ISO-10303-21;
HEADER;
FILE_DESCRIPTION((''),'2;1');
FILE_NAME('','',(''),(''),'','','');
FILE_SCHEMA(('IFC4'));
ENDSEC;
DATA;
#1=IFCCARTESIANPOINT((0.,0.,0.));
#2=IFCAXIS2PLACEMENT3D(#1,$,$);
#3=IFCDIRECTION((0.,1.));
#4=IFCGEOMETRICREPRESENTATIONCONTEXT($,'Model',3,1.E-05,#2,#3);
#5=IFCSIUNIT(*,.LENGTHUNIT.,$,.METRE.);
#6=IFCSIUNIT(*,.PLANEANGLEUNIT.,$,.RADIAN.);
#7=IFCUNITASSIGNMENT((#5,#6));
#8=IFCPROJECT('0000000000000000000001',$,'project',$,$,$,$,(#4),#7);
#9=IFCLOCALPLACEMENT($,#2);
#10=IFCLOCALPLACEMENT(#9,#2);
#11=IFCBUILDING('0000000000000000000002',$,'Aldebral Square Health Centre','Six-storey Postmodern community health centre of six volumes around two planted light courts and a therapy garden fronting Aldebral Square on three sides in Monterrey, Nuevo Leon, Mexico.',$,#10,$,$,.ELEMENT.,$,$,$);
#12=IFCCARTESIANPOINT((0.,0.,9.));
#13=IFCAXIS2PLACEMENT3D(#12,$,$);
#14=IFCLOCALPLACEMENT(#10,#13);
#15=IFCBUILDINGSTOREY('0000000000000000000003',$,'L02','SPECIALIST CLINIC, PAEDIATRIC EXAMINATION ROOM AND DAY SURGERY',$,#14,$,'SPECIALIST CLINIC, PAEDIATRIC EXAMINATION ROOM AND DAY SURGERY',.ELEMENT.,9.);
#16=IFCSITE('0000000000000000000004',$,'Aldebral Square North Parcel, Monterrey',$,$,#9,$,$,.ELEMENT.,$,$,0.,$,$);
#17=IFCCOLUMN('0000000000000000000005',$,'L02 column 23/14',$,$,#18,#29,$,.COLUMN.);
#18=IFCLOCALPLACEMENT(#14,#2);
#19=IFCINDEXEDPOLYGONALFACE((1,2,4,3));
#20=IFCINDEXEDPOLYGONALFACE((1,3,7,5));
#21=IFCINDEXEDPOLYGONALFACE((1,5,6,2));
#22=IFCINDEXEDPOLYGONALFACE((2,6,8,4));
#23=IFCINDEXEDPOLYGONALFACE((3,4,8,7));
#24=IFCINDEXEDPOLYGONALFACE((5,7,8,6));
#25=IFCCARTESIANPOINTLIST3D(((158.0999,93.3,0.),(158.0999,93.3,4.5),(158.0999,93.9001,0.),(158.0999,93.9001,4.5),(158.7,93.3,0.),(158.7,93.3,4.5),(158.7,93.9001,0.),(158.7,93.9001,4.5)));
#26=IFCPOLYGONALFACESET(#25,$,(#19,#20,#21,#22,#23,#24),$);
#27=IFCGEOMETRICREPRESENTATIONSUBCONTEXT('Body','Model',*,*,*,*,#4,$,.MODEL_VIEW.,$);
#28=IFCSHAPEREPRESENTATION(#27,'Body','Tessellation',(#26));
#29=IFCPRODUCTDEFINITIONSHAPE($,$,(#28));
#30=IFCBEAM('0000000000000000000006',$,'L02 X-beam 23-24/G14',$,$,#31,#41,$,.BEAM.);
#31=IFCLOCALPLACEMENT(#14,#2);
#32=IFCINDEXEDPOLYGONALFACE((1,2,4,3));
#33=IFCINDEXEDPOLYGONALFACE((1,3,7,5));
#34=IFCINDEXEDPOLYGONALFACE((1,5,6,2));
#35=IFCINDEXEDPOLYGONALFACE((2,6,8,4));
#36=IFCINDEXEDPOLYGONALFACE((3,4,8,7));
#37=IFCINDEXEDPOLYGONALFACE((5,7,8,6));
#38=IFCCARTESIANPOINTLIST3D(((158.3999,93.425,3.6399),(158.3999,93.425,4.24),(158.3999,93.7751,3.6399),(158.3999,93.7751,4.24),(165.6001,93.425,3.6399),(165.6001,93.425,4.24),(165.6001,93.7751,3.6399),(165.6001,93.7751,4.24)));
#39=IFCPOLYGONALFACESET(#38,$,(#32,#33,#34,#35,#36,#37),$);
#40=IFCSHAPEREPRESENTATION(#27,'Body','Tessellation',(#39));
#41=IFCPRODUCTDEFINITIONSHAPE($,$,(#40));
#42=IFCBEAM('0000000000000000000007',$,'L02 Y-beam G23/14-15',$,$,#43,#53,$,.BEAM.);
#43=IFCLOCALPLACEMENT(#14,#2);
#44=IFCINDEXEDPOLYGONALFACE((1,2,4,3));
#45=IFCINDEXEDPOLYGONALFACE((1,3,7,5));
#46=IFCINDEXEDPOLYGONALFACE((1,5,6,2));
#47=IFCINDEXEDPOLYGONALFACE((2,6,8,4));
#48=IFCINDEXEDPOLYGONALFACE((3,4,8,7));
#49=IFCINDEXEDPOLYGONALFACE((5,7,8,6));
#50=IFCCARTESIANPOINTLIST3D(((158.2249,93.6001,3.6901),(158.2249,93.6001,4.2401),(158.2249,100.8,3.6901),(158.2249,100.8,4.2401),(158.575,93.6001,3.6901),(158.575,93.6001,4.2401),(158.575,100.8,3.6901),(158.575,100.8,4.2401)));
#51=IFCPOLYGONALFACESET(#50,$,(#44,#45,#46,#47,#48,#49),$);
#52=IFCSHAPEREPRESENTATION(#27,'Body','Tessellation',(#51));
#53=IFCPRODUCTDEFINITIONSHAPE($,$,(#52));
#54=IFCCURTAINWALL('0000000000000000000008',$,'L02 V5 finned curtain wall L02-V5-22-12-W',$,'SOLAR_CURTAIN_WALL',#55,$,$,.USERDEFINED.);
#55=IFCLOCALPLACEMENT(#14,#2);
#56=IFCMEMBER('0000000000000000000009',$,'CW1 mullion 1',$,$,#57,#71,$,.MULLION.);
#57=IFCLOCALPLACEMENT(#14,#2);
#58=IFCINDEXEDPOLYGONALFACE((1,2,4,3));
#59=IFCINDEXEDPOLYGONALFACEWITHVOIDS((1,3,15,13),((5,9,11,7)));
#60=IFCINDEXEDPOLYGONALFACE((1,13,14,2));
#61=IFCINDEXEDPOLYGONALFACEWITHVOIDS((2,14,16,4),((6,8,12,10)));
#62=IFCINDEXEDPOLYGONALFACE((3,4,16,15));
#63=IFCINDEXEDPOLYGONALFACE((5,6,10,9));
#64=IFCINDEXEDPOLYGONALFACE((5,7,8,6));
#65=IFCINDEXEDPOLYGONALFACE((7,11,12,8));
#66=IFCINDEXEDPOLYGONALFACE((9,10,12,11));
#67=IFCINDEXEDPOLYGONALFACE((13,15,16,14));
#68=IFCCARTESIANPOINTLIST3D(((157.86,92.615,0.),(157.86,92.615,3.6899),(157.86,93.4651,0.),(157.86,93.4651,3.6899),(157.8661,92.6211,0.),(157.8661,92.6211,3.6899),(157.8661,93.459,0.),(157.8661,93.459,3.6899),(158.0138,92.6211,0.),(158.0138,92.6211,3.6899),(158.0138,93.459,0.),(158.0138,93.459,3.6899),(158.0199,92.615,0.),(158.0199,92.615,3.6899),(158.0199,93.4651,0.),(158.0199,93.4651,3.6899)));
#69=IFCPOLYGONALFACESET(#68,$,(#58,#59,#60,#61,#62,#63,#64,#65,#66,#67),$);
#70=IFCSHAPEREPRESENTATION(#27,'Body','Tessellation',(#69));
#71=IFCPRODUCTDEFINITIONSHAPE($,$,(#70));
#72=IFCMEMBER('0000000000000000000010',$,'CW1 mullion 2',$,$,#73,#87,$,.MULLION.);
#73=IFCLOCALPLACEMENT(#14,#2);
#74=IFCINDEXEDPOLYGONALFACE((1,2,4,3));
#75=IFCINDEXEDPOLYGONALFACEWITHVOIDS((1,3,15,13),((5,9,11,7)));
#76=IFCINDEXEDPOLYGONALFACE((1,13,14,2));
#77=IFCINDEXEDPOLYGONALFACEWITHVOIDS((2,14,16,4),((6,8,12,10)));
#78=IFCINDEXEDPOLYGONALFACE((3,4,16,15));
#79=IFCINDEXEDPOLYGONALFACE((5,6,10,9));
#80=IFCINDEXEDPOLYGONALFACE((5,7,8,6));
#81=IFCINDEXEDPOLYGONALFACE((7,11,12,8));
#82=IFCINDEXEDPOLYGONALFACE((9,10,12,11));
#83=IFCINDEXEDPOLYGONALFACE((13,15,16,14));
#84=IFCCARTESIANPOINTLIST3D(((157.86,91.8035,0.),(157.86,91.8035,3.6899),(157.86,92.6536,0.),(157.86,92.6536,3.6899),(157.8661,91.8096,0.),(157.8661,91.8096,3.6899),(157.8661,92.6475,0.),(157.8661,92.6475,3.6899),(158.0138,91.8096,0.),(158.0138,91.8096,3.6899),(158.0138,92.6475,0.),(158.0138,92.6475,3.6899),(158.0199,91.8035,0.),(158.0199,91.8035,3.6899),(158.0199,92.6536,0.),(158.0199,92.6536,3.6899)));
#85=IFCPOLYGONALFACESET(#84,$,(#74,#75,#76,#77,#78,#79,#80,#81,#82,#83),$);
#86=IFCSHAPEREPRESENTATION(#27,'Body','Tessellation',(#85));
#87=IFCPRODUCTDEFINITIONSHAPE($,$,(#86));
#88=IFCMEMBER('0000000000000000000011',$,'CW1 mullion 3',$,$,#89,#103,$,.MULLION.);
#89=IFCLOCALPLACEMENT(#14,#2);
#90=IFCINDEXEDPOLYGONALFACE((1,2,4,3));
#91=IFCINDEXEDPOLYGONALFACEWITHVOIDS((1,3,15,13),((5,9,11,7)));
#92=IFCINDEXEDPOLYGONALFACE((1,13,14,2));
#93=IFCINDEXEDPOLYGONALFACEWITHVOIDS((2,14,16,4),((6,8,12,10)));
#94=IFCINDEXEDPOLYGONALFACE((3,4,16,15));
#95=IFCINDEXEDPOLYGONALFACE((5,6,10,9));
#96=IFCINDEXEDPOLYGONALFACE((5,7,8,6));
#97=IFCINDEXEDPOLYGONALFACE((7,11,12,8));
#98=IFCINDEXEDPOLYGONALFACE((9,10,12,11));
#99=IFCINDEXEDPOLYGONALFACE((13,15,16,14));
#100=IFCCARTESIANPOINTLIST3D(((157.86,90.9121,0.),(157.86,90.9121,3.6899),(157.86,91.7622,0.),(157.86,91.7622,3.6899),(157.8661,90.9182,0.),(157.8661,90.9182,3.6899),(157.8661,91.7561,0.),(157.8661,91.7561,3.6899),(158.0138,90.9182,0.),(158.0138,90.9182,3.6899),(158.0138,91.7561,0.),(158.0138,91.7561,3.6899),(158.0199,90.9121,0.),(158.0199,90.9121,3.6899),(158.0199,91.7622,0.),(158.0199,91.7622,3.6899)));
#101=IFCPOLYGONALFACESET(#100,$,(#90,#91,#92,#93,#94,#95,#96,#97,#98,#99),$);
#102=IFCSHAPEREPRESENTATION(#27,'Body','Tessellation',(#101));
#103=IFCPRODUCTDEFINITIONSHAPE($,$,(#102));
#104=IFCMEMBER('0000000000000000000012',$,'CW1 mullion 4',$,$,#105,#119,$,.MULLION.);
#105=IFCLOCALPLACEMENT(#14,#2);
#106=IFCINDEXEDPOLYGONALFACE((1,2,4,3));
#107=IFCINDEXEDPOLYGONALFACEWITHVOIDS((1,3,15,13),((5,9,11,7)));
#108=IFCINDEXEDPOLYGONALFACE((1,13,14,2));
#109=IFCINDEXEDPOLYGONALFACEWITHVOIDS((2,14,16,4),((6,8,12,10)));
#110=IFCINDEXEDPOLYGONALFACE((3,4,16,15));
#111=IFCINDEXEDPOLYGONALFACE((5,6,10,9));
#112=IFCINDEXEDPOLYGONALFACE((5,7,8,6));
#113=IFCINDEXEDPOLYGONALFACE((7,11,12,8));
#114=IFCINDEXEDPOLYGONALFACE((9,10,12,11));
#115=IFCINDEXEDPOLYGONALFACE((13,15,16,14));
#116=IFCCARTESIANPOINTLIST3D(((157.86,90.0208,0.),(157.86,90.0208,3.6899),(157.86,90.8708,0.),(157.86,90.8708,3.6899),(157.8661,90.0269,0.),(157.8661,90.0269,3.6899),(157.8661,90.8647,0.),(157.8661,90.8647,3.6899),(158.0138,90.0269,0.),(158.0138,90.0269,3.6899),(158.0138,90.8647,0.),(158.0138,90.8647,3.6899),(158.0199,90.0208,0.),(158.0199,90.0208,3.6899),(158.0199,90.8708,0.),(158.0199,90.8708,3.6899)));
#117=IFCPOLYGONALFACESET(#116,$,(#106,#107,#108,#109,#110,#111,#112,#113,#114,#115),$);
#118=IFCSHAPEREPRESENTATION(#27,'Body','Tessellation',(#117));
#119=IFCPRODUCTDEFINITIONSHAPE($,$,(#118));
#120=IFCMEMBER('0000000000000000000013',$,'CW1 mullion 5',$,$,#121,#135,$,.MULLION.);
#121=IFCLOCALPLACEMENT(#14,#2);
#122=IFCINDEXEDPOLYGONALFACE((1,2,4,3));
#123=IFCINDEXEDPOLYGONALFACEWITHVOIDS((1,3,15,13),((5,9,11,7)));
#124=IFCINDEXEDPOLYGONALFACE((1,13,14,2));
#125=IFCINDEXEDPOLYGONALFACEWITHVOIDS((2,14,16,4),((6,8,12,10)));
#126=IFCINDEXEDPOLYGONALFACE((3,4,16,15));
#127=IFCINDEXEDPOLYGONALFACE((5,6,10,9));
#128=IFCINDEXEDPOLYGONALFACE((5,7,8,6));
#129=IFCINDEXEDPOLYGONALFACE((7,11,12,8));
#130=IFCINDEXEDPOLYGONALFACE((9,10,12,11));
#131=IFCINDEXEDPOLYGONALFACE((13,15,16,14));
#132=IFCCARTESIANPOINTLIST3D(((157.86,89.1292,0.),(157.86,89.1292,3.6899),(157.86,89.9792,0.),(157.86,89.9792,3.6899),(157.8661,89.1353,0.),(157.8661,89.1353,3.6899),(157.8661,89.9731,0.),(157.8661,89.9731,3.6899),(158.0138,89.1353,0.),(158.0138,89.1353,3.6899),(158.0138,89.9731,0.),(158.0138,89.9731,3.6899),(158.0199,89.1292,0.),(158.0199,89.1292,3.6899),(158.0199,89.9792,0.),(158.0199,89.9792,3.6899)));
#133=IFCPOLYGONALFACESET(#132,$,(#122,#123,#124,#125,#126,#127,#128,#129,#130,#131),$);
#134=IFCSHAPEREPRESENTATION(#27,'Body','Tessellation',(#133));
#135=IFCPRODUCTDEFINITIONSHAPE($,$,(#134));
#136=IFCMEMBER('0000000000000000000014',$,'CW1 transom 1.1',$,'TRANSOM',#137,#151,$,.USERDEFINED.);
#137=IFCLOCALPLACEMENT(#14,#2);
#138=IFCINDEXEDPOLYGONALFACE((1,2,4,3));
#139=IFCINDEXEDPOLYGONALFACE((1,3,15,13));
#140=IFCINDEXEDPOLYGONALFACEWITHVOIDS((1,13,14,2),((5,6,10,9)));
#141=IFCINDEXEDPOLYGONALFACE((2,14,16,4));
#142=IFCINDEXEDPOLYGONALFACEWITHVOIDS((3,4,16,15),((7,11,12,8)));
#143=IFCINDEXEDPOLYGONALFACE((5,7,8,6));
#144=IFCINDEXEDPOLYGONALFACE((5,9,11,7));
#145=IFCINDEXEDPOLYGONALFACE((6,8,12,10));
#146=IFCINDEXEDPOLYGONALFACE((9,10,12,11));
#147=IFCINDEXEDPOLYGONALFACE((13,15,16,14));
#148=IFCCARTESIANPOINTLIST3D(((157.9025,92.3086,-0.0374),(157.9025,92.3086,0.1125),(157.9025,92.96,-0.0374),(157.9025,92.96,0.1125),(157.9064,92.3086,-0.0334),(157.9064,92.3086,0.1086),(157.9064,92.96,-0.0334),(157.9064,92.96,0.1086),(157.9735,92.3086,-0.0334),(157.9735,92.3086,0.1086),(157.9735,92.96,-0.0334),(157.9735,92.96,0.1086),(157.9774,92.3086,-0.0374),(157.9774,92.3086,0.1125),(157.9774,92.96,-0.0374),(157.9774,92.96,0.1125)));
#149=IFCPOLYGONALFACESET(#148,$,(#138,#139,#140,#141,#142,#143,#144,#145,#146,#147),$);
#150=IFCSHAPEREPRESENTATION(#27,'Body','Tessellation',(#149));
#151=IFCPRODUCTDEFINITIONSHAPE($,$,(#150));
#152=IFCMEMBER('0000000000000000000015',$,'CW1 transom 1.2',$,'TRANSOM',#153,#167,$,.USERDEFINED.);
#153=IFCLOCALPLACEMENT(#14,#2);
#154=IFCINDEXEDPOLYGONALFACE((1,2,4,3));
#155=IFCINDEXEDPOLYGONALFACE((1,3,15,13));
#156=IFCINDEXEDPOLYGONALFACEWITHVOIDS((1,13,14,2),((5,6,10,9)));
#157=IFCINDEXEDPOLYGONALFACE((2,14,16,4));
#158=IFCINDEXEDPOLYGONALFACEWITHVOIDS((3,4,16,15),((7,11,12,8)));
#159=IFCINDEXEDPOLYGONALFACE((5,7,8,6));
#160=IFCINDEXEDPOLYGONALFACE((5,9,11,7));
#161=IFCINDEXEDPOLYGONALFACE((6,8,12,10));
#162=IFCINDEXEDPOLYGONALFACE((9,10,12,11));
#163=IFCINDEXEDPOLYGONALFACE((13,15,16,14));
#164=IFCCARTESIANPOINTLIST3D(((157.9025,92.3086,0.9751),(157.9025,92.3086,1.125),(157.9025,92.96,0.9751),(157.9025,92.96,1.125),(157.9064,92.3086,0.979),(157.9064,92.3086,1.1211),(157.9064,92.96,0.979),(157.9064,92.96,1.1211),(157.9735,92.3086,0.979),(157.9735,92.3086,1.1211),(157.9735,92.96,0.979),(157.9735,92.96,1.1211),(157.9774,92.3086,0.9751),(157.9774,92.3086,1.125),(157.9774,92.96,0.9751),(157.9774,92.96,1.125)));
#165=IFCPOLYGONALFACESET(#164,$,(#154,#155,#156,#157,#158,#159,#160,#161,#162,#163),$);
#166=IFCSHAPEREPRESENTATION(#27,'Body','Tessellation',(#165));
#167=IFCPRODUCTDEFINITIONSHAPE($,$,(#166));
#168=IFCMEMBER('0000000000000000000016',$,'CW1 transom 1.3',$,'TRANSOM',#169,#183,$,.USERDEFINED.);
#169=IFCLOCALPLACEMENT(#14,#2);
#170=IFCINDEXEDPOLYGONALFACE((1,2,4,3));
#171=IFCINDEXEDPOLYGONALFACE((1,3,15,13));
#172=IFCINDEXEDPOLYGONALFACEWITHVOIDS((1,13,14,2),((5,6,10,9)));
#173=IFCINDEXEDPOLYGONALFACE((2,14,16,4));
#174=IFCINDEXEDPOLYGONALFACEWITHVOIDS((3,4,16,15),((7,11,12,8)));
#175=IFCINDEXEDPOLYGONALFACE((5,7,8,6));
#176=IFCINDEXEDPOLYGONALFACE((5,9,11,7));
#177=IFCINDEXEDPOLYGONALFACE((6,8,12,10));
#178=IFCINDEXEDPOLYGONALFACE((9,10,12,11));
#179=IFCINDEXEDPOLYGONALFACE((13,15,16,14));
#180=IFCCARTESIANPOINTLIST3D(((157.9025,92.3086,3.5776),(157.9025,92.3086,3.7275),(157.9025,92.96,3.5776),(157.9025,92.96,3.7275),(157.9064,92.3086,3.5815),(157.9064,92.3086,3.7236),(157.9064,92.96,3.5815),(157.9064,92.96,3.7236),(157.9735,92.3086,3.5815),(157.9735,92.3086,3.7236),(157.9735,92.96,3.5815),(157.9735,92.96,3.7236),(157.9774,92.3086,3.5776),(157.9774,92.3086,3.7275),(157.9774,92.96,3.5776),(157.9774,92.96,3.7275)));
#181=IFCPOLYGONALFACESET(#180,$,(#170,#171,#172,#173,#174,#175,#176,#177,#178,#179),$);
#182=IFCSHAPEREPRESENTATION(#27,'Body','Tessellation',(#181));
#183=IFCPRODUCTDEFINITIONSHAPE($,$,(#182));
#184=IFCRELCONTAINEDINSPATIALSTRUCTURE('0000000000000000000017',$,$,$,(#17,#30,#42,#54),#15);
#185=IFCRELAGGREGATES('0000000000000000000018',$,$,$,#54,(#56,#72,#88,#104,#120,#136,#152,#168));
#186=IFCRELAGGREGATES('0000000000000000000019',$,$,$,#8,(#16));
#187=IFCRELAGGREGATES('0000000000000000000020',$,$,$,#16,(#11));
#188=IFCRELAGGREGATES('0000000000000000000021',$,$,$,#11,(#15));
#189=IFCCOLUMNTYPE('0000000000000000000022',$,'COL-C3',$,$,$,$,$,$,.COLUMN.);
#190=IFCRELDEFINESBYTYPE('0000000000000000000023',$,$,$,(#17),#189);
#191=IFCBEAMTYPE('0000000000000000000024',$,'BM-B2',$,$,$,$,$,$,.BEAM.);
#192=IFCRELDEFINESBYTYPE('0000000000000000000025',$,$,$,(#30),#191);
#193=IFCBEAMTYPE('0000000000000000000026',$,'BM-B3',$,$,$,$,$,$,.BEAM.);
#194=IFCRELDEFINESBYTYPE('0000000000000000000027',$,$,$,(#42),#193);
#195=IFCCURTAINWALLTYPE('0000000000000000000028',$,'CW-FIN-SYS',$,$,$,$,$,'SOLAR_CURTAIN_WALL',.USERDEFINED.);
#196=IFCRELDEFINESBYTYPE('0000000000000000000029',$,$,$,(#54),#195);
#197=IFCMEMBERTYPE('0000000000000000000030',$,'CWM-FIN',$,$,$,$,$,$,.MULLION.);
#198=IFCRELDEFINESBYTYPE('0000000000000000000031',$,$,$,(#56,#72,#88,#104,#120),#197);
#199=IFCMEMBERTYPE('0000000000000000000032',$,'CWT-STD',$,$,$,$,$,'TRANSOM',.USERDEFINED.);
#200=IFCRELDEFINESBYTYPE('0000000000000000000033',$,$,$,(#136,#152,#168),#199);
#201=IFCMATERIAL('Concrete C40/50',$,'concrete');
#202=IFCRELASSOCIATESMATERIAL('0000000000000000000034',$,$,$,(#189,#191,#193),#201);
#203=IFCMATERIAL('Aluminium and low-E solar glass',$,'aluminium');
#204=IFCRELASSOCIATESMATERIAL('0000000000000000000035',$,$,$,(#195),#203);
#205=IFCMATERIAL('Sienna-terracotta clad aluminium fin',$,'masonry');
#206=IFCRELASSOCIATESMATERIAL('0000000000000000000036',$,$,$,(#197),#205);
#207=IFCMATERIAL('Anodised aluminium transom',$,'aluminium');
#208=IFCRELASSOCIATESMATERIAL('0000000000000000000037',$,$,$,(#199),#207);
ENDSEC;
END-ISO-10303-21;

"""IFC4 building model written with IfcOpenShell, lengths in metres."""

from ifc_helpers import new_model, si_unit, direction, frame, origin, origin_2d, place, context, subcontext, project, spatial, rectangle, hollow_rectangle, extrude, material, material_profile, profile_set, type_object, element, aggregate, save


model = new_model("IFC4")

# Units and contexts
model_context = context("Model", 3, precision=1e-05, world=origin(), true_north=direction((0.0, 1.0)))
body_context = subcontext(model_context, "Body", "Model", "MODEL_VIEW")
ifc_project = project(units=[si_unit("LENGTHUNIT", "METRE"), si_unit("PLANEANGLEUNIT", "RADIAN")], contexts=[model_context])

# Site, building, storey
site_placement = place(None, origin())
site = spatial("IfcSite", under=ifc_project, at=site_placement, Name="Aldebral Square North Parcel, Monterrey", CompositionType="ELEMENT", RefElevation=0.0)
building_placement = place(site_placement, origin())
building = spatial("IfcBuilding", under=site, at=building_placement, Name="Aldebral Square Health Centre", Description="Six-storey Postmodern community health centre of six volumes around two planted light courts and a therapy garden fronting Aldebral Square on three sides in Monterrey, Nuevo Leon, Mexico.", CompositionType="ELEMENT")
storey_placement = place(building_placement, frame((0.0, 0.0, 9.0)))
storey = spatial("IfcBuildingStorey", under=building, at=storey_placement, Name="L02", Description="SPECIALIST CLINIC, PAEDIATRIC EXAMINATION ROOM AND DAY SURGERY", LongName="SPECIALIST CLINIC, PAEDIATRIC EXAMINATION ROOM AND DAY SURGERY", CompositionType="ELEMENT", Elevation=9.0)

# Column
ifc_material_1 = material(Name="Concrete C40/50", Category="concrete")
ifc_material_profile_1 = material_profile(ifc_material_1, rectangle(XDim=0.6001, YDim=0.6001, at=origin_2d()), Name="RC 600x600")
ifc_profile_set_1 = profile_set([ifc_material_profile_1], Name="Concrete C40/50")
column_type = type_object("IfcColumnType", Name="COL-C3", PredefinedType="COLUMN", material=ifc_profile_set_1)
column_placement = place(storey_placement, frame((158.3999, 93.6001, 0.0), z_axis=(0.0, 0.0, 1.0), x_axis=(1.0, 0.0, 0.0)))
element("IfcColumn", 1, at=column_placement, inside=storey, type_object=column_type, Name="L02 column 23/14", PredefinedType="COLUMN", context=body_context, shape_type="SweptSolid", body=[
    extrude(rectangle(XDim=0.6001, YDim=0.6001, at=origin_2d()), origin(), (0.0, 0.0, 1.0), 4.5),
])

# Beams
ifc_material_profile_2 = material_profile(ifc_material_1, rectangle(XDim=0.3501, YDim=0.6001, at=origin_2d()), Name="RC 350x600")
ifc_profile_set_2 = profile_set([ifc_material_profile_2], Name="Concrete C40/50")
beam_type_1 = type_object("IfcBeamType", Name="BM-B2", PredefinedType="BEAM", material=ifc_profile_set_2)
beam_1_placement = place(storey_placement, frame((158.3999, 93.6001, 3.9399), z_axis=(1.0, 0.0, 0.0), x_axis=(0.0, 1.0, 0.0)))
element("IfcBeam", 2, at=beam_1_placement, inside=storey, type_object=beam_type_1, Name="L02 X-beam 23-24/G14", PredefinedType="BEAM", context=body_context, shape_type="SweptSolid", body=[
    extrude(rectangle(XDim=0.3501, YDim=0.6001, at=origin_2d()), origin(), (0.0, 0.0, 1.0), 7.2002),
])
ifc_material_profile_3 = material_profile(ifc_material_1, rectangle(XDim=0.3501, YDim=0.55, at=origin_2d()), Name="RC 350x550")
ifc_profile_set_3 = profile_set([ifc_material_profile_3], Name="Concrete C40/50")
beam_type_2 = type_object("IfcBeamType", Name="BM-B3", PredefinedType="BEAM", material=ifc_profile_set_3)
beam_2_placement = place(storey_placement, frame((158.3999, 93.6001, 3.9651), z_axis=(0.0, 1.0, 0.0), x_axis=(-1.0, 0.0, 0.0)))
element("IfcBeam", 3, at=beam_2_placement, inside=storey, type_object=beam_type_2, Name="L02 Y-beam G23/14-15", PredefinedType="BEAM", context=body_context, shape_type="SweptSolid", body=[
    extrude(rectangle(XDim=0.3501, YDim=0.55, at=origin_2d()), origin(), (0.0, 0.0, 1.0), 7.2),
])

# Curtain wall, members
ifc_material_2 = material(Name="Aluminium and low-E solar glass", Category="aluminium")
curtain_wall_type = type_object("IfcCurtainWallType", Name="CW-FIN-SYS", ElementType="SOLAR_CURTAIN_WALL", PredefinedType="USERDEFINED", material=ifc_material_2)
curtain_wall_placement = place(storey_placement, origin())
curtain_wall = element("IfcCurtainWall", 4, at=curtain_wall_placement, inside=storey, type_object=curtain_wall_type, Name="L02 V5 finned curtain wall L02-V5-22-12-W", ObjectType="SOLAR_CURTAIN_WALL", PredefinedType="USERDEFINED")
ifc_material_3 = material(Name="Sienna-terracotta clad aluminium fin", Category="masonry")
ifc_material_profile_4 = material_profile(ifc_material_3, hollow_rectangle(XDim=0.1599, YDim=0.8501, WallThickness=0.0061, at=origin_2d()), Name="FIN 160x850x6")
ifc_profile_set_4 = profile_set([ifc_material_profile_4], Name="Sienna-terracotta clad aluminium fin")
member_type_1 = type_object("IfcMemberType", Name="CWM-FIN", PredefinedType="MULLION", material=ifc_profile_set_4)
member_1_placement = place(storey_placement, frame((157.9399, 93.04, 0.0), z_axis=(0.0, 0.0, 1.0), x_axis=(1.0, 0.0, 0.0)))
member_1 = element("IfcMember", 5, at=member_1_placement, type_object=member_type_1, Name="CW1 mullion 1", PredefinedType="MULLION", context=body_context, shape_type="SweptSolid", body=[
    extrude(hollow_rectangle(XDim=0.1599, YDim=0.8501, WallThickness=0.0061, at=origin_2d()), origin(), (0.0, 0.0, 1.0), 3.6899),
])
member_2_placement = place(storey_placement, frame((157.9399, 92.2285, 0.0), z_axis=(0.0, 0.0, 1.0), x_axis=(1.0, 0.0, 0.0)))
member_2 = element("IfcMember", 6, at=member_2_placement, type_object=member_type_1, Name="CW1 mullion 2", PredefinedType="MULLION", context=body_context, shape_type="SweptSolid", body=[
    extrude(hollow_rectangle(XDim=0.1599, YDim=0.8501, WallThickness=0.0061, at=origin_2d()), origin(), (0.0, 0.0, 1.0), 3.6899),
])
member_3_placement = place(storey_placement, frame((157.9399, 91.3372, 0.0), z_axis=(0.0, 0.0, 1.0), x_axis=(1.0, 0.0, 0.0)))
member_3 = element("IfcMember", 7, at=member_3_placement, type_object=member_type_1, Name="CW1 mullion 3", PredefinedType="MULLION", context=body_context, shape_type="SweptSolid", body=[
    extrude(hollow_rectangle(XDim=0.1599, YDim=0.8501, WallThickness=0.0061, at=origin_2d()), origin(), (0.0, 0.0, 1.0), 3.6899),
])
member_4_placement = place(storey_placement, frame((157.9399, 90.4458, 0.0), z_axis=(0.0, 0.0, 1.0), x_axis=(1.0, 0.0, 0.0)))
member_4 = element("IfcMember", 8, at=member_4_placement, type_object=member_type_1, Name="CW1 mullion 4", PredefinedType="MULLION", context=body_context, shape_type="SweptSolid", body=[
    extrude(hollow_rectangle(XDim=0.1599, YDim=0.8501, WallThickness=0.0061, at=origin_2d()), origin(), (0.0, 0.0, 1.0), 3.6899),
])
member_5_placement = place(storey_placement, frame((157.9399, 89.5542, 0.0), z_axis=(0.0, 0.0, 1.0), x_axis=(1.0, 0.0, 0.0)))
member_5 = element("IfcMember", 9, at=member_5_placement, type_object=member_type_1, Name="CW1 mullion 5", PredefinedType="MULLION", context=body_context, shape_type="SweptSolid", body=[
    extrude(hollow_rectangle(XDim=0.1599, YDim=0.8501, WallThickness=0.0061, at=origin_2d()), origin(), (0.0, 0.0, 1.0), 3.6899),
])
ifc_material_4 = material(Name="Anodised aluminium transom", Category="aluminium")
ifc_material_profile_5 = material_profile(ifc_material_4, hollow_rectangle(XDim=0.075, YDim=0.1499, WallThickness=0.0039, at=origin_2d()), Name="CWT 75x150x4")
ifc_profile_set_5 = profile_set([ifc_material_profile_5], Name="Anodised aluminium transom")
member_type_2 = type_object("IfcMemberType", Name="CWT-STD", ElementType="TRANSOM", PredefinedType="USERDEFINED", material=ifc_profile_set_5)
member_6_placement = place(storey_placement, frame((157.9399, 92.96, 0.0376), z_axis=(0.0, -1.0, 0.0), x_axis=(1.0, 0.0, 0.0)))
member_6 = element("IfcMember", 10, at=member_6_placement, type_object=member_type_2, Name="CW1 transom 1.1", ObjectType="TRANSOM", PredefinedType="USERDEFINED", context=body_context, shape_type="SweptSolid", body=[
    extrude(hollow_rectangle(XDim=0.075, YDim=0.1499, WallThickness=0.0039, at=origin_2d()), origin(), (0.0, 0.0, 1.0), 0.6514),
])
member_7_placement = place(storey_placement, frame((157.9399, 92.96, 1.05), z_axis=(0.0, -1.0, 0.0), x_axis=(1.0, 0.0, 0.0)))
member_7 = element("IfcMember", 11, at=member_7_placement, type_object=member_type_2, Name="CW1 transom 1.2", ObjectType="TRANSOM", PredefinedType="USERDEFINED", context=body_context, shape_type="SweptSolid", body=[
    extrude(hollow_rectangle(XDim=0.075, YDim=0.1499, WallThickness=0.0039, at=origin_2d()), origin(), (0.0, 0.0, 1.0), 0.6514),
])
member_8_placement = place(storey_placement, frame((157.9399, 92.96, 3.6526), z_axis=(0.0, -1.0, 0.0), x_axis=(1.0, 0.0, 0.0)))
member_8 = element("IfcMember", 12, at=member_8_placement, type_object=member_type_2, Name="CW1 transom 1.3", ObjectType="TRANSOM", PredefinedType="USERDEFINED", context=body_context, shape_type="SweptSolid", body=[
    extrude(hollow_rectangle(XDim=0.075, YDim=0.1499, WallThickness=0.0039, at=origin_2d()), origin(), (0.0, 0.0, 1.0), 0.6514),
])
aggregate(curtain_wall, [member_1, member_2, member_3, member_4, member_5, member_6, member_7, member_8])

save(model, "model.ifc")
